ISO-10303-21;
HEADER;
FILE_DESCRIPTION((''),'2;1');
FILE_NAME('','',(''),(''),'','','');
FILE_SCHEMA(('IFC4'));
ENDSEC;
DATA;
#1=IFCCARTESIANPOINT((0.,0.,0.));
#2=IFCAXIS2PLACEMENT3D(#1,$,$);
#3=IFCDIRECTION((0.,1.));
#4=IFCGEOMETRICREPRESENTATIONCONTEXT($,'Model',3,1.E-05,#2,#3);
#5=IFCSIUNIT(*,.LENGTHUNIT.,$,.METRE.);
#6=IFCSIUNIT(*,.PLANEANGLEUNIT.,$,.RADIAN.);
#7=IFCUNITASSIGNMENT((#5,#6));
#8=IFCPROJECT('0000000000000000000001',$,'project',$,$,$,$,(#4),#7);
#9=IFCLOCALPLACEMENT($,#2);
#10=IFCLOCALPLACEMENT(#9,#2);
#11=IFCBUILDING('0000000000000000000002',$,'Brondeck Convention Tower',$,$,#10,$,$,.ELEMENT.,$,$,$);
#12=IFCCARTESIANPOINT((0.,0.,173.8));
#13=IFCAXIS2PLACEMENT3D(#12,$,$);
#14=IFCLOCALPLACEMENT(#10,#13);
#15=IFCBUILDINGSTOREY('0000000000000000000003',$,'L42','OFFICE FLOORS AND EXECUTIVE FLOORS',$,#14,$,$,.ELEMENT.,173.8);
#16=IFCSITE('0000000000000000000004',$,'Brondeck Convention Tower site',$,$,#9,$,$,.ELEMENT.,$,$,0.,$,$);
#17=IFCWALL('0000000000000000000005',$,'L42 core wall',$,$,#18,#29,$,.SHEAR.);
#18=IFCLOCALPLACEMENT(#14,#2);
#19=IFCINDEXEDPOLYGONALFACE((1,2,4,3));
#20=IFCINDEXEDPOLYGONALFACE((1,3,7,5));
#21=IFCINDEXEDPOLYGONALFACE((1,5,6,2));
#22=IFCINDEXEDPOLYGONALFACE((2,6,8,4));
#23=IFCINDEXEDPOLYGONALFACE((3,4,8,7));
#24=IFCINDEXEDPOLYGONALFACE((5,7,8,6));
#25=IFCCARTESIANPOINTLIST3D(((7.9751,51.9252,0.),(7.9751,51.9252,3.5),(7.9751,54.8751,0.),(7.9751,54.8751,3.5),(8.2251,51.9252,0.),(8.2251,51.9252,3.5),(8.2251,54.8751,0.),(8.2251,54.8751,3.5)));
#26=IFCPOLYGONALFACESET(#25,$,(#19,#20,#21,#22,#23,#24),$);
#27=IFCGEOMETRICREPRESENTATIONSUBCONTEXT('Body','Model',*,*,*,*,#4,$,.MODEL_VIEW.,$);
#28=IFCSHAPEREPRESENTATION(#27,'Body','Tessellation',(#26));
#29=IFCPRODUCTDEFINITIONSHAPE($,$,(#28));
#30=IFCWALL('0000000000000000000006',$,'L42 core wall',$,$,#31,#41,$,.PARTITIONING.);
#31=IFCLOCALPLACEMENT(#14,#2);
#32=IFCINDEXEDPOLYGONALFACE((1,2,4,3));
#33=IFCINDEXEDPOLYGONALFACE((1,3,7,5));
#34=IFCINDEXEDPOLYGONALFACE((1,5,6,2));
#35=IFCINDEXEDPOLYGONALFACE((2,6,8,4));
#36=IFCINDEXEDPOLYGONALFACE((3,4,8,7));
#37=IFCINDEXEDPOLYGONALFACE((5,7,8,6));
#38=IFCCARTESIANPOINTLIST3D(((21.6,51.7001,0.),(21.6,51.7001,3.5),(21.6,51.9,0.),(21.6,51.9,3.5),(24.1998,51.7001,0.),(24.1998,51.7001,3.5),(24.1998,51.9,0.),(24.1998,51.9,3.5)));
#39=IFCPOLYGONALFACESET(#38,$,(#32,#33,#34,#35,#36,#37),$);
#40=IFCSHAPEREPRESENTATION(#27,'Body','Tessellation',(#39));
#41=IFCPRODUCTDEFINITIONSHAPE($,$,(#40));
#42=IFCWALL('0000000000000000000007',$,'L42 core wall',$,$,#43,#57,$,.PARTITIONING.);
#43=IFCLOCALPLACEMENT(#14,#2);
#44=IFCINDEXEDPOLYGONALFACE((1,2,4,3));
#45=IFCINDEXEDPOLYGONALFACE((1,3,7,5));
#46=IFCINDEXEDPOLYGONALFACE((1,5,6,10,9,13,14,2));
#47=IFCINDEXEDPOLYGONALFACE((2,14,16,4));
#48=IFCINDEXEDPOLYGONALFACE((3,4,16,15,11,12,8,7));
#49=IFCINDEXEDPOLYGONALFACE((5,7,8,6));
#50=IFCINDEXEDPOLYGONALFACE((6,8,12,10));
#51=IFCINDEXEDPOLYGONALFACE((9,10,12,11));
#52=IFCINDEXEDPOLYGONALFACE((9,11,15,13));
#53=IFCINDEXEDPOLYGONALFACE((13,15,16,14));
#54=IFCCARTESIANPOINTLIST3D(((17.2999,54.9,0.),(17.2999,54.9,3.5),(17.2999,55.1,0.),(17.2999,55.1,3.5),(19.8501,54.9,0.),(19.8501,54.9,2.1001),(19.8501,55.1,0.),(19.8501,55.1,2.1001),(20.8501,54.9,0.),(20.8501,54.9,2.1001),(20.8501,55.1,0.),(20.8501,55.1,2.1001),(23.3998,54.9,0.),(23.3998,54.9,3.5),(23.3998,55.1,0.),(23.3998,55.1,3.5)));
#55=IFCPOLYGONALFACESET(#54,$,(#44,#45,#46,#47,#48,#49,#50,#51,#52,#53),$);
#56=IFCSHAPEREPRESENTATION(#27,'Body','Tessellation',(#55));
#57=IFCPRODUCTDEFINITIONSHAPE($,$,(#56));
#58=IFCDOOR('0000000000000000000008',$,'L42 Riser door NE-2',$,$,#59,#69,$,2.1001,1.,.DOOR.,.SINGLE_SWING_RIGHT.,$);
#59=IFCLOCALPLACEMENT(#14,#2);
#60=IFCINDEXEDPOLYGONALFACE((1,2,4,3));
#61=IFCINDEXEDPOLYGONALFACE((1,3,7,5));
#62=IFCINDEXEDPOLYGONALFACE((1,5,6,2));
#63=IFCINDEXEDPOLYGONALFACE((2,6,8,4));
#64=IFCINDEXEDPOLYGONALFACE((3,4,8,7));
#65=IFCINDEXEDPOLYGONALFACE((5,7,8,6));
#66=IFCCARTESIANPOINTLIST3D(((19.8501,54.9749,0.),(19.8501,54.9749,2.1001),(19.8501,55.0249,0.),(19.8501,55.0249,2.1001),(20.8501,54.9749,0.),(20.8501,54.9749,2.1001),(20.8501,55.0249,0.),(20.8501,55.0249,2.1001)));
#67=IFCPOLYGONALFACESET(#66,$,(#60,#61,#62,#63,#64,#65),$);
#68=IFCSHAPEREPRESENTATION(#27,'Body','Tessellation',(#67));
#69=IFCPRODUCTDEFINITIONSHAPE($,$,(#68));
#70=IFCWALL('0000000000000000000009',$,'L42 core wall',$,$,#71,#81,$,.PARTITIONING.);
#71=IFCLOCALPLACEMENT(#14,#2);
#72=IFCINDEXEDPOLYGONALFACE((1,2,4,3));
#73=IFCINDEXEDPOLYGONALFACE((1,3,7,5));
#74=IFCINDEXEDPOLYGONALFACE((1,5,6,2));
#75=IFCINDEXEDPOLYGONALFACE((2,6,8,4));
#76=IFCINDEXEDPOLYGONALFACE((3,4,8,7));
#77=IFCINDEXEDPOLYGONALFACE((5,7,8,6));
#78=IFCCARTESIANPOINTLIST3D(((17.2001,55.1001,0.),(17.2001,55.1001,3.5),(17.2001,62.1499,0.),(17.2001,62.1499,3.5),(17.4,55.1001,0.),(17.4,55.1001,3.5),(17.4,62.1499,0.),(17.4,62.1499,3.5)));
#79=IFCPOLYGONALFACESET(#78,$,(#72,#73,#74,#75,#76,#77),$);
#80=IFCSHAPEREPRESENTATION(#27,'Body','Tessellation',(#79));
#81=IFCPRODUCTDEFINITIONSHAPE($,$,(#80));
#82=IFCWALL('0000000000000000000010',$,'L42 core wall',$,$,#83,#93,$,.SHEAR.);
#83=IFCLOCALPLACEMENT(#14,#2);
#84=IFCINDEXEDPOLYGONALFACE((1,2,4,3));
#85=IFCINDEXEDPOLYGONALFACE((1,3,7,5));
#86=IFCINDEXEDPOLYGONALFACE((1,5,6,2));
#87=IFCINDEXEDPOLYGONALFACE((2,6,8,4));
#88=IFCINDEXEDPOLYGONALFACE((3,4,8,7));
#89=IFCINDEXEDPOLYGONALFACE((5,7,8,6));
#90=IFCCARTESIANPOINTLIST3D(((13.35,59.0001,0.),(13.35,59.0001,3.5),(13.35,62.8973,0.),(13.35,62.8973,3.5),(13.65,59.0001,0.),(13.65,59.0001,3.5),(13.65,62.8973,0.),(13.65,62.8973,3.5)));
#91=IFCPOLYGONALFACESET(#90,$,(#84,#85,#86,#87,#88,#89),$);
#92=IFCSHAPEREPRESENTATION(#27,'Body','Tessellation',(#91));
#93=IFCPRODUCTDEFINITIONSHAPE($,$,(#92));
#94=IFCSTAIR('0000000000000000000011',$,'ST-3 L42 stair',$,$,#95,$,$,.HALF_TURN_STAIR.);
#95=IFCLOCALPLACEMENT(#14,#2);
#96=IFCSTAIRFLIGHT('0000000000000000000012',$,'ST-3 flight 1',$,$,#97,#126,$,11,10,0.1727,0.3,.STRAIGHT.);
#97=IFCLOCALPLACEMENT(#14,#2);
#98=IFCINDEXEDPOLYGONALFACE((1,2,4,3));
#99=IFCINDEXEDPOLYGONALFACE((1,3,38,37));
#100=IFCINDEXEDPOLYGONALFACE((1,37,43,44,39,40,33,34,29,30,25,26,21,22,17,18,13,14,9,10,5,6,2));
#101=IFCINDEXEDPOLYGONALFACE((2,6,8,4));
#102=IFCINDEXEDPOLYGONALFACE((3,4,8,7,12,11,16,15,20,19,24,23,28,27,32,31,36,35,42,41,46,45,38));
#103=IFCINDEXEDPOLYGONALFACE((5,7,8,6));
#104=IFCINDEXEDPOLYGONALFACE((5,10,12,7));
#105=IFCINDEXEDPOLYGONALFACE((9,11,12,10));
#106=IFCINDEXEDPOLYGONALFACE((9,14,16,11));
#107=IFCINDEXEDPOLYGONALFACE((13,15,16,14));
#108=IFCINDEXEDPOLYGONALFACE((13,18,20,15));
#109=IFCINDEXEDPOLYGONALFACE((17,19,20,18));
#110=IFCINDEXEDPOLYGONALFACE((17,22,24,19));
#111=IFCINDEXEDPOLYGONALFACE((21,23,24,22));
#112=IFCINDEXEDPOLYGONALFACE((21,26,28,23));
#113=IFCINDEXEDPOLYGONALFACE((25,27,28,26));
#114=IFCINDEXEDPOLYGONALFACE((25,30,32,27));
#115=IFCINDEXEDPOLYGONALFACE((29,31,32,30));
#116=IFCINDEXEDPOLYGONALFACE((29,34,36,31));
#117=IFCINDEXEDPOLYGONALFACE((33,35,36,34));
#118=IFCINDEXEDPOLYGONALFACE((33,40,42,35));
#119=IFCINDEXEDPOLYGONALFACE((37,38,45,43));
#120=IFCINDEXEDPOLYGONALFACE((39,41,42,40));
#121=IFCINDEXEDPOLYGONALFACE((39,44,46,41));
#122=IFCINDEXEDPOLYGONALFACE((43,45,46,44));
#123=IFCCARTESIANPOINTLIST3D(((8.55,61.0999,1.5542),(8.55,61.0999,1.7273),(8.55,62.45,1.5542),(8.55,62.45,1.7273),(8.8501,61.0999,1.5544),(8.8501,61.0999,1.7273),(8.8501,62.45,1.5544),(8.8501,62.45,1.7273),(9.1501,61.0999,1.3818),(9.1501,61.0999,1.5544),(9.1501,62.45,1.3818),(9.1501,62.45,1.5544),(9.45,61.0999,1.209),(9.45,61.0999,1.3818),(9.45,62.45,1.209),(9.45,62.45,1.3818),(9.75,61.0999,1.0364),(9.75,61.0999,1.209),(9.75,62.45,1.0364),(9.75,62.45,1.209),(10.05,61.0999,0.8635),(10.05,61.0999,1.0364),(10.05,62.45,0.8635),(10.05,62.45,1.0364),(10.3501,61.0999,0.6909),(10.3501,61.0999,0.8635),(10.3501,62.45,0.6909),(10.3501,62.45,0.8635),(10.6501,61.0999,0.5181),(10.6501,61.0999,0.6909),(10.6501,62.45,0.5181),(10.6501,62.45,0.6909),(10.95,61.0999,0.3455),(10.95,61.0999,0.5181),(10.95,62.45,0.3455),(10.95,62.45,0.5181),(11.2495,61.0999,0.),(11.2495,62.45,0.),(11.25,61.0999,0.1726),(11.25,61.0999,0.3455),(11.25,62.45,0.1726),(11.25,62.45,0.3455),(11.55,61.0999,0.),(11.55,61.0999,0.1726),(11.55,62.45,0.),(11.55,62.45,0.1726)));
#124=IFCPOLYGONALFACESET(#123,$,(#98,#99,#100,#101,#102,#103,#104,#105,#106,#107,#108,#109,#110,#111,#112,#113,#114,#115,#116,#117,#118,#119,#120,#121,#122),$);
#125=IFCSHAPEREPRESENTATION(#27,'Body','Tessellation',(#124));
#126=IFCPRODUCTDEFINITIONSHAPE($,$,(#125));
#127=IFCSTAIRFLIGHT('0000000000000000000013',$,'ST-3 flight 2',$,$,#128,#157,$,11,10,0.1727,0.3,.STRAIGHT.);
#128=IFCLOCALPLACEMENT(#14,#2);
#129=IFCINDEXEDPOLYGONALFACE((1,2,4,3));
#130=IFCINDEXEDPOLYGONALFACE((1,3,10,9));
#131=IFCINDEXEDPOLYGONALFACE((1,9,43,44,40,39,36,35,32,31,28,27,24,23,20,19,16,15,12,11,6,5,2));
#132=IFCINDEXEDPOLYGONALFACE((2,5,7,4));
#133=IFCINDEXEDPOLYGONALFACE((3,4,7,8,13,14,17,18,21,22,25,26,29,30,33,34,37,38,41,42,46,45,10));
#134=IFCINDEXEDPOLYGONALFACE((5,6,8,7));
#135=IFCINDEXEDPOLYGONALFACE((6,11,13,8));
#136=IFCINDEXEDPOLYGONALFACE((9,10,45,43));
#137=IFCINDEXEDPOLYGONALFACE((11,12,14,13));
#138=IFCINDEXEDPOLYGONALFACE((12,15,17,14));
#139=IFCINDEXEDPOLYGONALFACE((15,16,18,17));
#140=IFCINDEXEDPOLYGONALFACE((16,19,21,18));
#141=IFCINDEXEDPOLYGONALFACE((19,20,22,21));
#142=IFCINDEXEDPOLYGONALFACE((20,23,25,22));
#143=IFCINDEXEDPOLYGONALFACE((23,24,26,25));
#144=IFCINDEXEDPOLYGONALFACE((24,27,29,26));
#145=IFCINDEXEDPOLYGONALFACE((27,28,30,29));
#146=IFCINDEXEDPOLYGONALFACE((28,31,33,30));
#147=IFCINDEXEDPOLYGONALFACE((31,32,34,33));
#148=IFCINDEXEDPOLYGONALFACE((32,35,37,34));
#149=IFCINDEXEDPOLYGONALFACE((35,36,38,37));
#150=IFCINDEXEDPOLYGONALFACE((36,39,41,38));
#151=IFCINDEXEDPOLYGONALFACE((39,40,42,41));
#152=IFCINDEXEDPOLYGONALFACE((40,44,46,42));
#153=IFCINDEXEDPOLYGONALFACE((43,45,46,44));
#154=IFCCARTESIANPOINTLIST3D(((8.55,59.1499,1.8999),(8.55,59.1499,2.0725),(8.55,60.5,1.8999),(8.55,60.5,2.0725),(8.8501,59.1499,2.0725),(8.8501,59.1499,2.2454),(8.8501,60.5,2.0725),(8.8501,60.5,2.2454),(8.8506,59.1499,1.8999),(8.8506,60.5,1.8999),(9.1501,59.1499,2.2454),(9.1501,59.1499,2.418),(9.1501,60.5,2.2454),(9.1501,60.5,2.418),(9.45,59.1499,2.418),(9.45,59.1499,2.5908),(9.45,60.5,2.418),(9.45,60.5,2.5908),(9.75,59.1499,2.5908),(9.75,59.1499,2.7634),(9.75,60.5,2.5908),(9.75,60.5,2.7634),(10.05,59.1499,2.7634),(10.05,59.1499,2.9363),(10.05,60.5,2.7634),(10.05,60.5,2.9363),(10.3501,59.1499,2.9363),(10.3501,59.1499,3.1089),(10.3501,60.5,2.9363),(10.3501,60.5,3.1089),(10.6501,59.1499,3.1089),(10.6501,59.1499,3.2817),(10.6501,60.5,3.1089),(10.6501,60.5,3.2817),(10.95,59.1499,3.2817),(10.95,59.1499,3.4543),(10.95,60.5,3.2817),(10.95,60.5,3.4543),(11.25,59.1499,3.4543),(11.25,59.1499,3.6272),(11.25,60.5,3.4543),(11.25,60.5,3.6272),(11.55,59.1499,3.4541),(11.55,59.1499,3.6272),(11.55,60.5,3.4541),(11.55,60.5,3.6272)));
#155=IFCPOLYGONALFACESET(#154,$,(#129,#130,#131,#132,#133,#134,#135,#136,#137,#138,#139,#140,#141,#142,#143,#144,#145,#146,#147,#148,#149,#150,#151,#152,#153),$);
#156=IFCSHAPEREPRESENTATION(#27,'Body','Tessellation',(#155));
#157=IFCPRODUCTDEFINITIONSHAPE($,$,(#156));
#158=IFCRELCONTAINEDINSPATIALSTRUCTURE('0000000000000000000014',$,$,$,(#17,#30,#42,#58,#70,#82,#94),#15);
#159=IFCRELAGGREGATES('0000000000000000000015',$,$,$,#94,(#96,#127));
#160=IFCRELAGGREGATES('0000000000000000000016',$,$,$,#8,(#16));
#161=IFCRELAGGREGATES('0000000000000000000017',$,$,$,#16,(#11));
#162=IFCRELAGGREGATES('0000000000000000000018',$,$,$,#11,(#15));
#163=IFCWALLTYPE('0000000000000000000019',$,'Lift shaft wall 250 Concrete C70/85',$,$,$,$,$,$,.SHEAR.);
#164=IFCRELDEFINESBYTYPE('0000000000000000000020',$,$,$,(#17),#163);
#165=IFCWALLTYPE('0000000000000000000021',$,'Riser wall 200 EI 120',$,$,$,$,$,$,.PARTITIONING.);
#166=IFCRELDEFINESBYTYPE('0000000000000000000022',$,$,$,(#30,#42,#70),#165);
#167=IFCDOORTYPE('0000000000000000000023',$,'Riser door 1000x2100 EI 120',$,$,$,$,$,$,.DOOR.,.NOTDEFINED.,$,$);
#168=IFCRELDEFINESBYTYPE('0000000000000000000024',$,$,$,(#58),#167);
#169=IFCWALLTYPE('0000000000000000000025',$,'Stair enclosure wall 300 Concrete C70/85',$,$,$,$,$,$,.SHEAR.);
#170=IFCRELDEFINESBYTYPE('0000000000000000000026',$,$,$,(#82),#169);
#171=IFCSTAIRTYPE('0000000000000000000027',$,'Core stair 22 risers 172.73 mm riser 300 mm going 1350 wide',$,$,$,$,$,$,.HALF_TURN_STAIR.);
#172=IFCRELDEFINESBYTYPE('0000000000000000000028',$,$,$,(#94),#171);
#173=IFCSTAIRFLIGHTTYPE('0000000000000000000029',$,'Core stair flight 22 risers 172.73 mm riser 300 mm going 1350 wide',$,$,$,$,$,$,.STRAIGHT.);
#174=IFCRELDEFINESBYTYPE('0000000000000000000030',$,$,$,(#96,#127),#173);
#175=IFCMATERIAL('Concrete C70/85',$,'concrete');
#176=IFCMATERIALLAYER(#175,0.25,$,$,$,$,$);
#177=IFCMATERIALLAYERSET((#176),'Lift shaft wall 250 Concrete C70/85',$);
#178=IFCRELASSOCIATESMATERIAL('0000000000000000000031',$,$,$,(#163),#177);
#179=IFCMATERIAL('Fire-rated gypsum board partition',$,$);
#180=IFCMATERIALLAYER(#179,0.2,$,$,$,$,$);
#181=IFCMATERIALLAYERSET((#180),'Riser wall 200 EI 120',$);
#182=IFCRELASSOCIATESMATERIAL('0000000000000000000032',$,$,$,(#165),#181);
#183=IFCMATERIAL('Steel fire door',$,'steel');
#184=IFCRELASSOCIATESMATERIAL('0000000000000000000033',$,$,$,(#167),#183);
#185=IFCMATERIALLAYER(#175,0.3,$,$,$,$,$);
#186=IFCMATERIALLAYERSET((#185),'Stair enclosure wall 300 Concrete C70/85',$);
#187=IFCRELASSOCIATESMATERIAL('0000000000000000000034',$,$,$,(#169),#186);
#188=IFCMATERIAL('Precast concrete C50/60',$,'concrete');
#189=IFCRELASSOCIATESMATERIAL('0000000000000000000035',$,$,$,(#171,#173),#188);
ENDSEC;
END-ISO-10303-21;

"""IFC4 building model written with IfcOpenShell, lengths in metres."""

from ifc_helpers import new_model, si_unit, direction, frame, frame_2d, origin, place, context, subcontext, project, spatial, polyline, rectangle, outline, extrude, material, layer, layer_set, type_object, element, fill, aggregate, save


model = new_model("IFC4")

# Units and contexts
model_context = context("Model", 3, precision=1e-05, world=origin(), true_north=direction((0.0, 1.0)))
body_context = subcontext(model_context, "Body", "Model", "MODEL_VIEW")
ifc_project = project(units=[si_unit("LENGTHUNIT", "METRE"), si_unit("PLANEANGLEUNIT", "RADIAN")], contexts=[model_context])

# Site, building, storey
site_placement = place(None, origin())
site = spatial("IfcSite", under=ifc_project, at=site_placement, Name="Brondeck Convention Tower site", CompositionType="ELEMENT", RefElevation=0.0)
building_placement = place(site_placement, origin())
building = spatial("IfcBuilding", under=site, at=building_placement, Name="Brondeck Convention Tower", CompositionType="ELEMENT")
storey_placement = place(building_placement, frame((0.0, 0.0, 173.8)))
storey = spatial("IfcBuildingStorey", under=building, at=storey_placement, Name="L42", Description="OFFICE FLOORS AND EXECUTIVE FLOORS", CompositionType="ELEMENT", Elevation=173.8)

# Shared definitions
ifc_material_1 = material(Name="Concrete C70/85", Category="concrete")

# Shared definitions
ifc_material_2 = material(Name="Fire-rated gypsum board partition")

# Shared definitions
ifc_material_3 = material(Name="Steel fire door", Category="steel")

# Walls
ifc_layer_1 = layer(ifc_material_1, 0.25)
ifc_layer_set_1 = layer_set([ifc_layer_1], Name="Lift shaft wall 250 Concrete C70/85")
wall_type_1 = type_object("IfcWallType", Name="Lift shaft wall 250 Concrete C70/85", PredefinedType="SHEAR", material=ifc_layer_set_1)
wall_1_placement = place(storey_placement, frame((8.1001, 51.925, 0.0), z_axis=(0.0, 0.0, 1.0), x_axis=(0.0, 1.0, 0.0)))
element("IfcWall", 1, at=wall_1_placement, inside=storey, type_object=wall_type_1, Name="L42 core wall", PredefinedType="SHEAR", context=body_context, shape_type="SweptSolid", body=[
    extrude(rectangle(XDim=2.95, YDim=0.25, at=frame_2d((1.4751, 0.0))), origin(), (0.0, 0.0, 1.0), 3.5),
])
ifc_layer_2 = layer(ifc_material_2, 0.2)
ifc_layer_set_2 = layer_set([ifc_layer_2], Name="Riser wall 200 EI 120")
wall_type_2 = type_object("IfcWallType", Name="Riser wall 200 EI 120", PredefinedType="PARTITIONING", material=ifc_layer_set_2)
wall_2_placement = place(storey_placement, frame((21.6001, 51.8, 0.0), z_axis=(0.0, 0.0, 1.0), x_axis=(1.0, 0.0, 0.0)))
element("IfcWall", 2, at=wall_2_placement, inside=storey, type_object=wall_type_2, Name="L42 core wall", PredefinedType="PARTITIONING", context=body_context, shape_type="SweptSolid", body=[
    extrude(rectangle(XDim=2.5999, YDim=0.2, at=frame_2d((1.2998, 0.0))), origin(), (0.0, 0.0, 1.0), 3.5),
])

# Wall, opening, door
wall_3_placement = place(storey_placement, frame((17.3, 55.0, 0.0), z_axis=(0.0, 0.0, 1.0), x_axis=(1.0, 0.0, 0.0)))
wall_3 = element("IfcWall", 3, at=wall_3_placement, inside=storey, type_object=wall_type_2, Name="L42 core wall", PredefinedType="PARTITIONING", context=body_context, shape_type="SweptSolid", body=[
    extrude(rectangle(XDim=6.0999, YDim=0.2, at=frame_2d((3.0498, 0.0))), origin(), (0.0, 0.0, 1.0), 3.5),
])
opening_1_placement = place(wall_3_placement, frame((2.55, 0.0, 0.0)))
opening_1 = element("IfcOpeningElement", 4, at=opening_1_placement, cuts=wall_3, PredefinedType="OPENING", context=body_context, shape_type="SweptSolid", body=[
    extrude(rectangle(XDim=1.0, YDim=2.1001, at=frame_2d((0.5, 1.05))), frame((0.0, 0.1099, 0.0), z_axis=(0.0, -1.0, 0.0), x_axis=(1.0, 0.0, 0.0)), (0.0, 0.0, 1.0), 0.22),
])
door_type_1 = type_object("IfcDoorType", Name="Riser door 1000x2100 EI 120", OperationType="NOTDEFINED", PredefinedType="DOOR", material=ifc_material_3)
door_1_placement = place(opening_1_placement, origin())
door_1 = element("IfcDoor", 5, at=door_1_placement, inside=storey, type_object=door_type_1, Name="L42 Riser door NE-2", OperationType="SINGLE_SWING_RIGHT", OverallHeight=2.1001, OverallWidth=1.0, PredefinedType="DOOR", context=body_context, shape_type="SweptSolid", body=[
    extrude(rectangle(XDim=1.0, YDim=2.1001, at=frame_2d((0.5, 1.05))), frame((0.0, 0.0249, 0.0), z_axis=(0.0, -1.0, 0.0), x_axis=(1.0, 0.0, 0.0)), (0.0, 0.0, 1.0), 0.05),
])
fill(opening_1, door_1)

# Walls
wall_4_placement = place(storey_placement, frame((17.3, 55.1001, 0.0), z_axis=(0.0, 0.0, 1.0), x_axis=(0.0, 1.0, 0.0)))
element("IfcWall", 6, at=wall_4_placement, inside=storey, type_object=wall_type_2, Name="L42 core wall", PredefinedType="PARTITIONING", context=body_context, shape_type="SweptSolid", body=[
    extrude(rectangle(XDim=7.0498, YDim=0.2, at=frame_2d((3.5249, 0.0))), origin(), (0.0, 0.0, 1.0), 3.5),
])
ifc_layer_3 = layer(ifc_material_1, 0.3)
ifc_layer_set_3 = layer_set([ifc_layer_3], Name="Stair enclosure wall 300 Concrete C70/85")
wall_type_3 = type_object("IfcWallType", Name="Stair enclosure wall 300 Concrete C70/85", PredefinedType="SHEAR", material=ifc_layer_set_3)
wall_5_placement = place(storey_placement, frame((13.5, 59.0, 0.0), z_axis=(0.0, 0.0, 1.0), x_axis=(0.0, 1.0, 0.0)))
element("IfcWall", 7, at=wall_5_placement, inside=storey, type_object=wall_type_3, Name="L42 core wall", PredefinedType="SHEAR", context=body_context, shape_type="SweptSolid", body=[
    extrude(rectangle(XDim=3.8972, YDim=0.3, at=frame_2d((1.9487, 0.0))), origin(), (0.0, 0.0, 1.0), 3.5),
])

# Stair, stair flights
ifc_material_4 = material(Name="Precast concrete C50/60", Category="concrete")
stair_type = type_object("IfcStairType", Name="Core stair 22 risers 172.73 mm riser 300 mm going 1350 wide", PredefinedType="HALF_TURN_STAIR", material=ifc_material_4)
stair_placement = place(storey_placement, origin())
stair = element("IfcStair", 8, at=stair_placement, inside=storey, type_object=stair_type, Name="ST-3 L42 stair", PredefinedType="HALF_TURN_STAIR")
stair_flight_type = type_object("IfcStairFlightType", Name="Core stair flight 22 risers 172.73 mm riser 300 mm going 1350 wide", PredefinedType="STRAIGHT", material=ifc_material_4)
stair_flight_1_placement = place(storey_placement, frame((11.55, 61.7749, 0.0), z_axis=(0.0, 0.0, 1.0), x_axis=(-1.0, 0.0, 0.0)))
stair_flight_1 = element("IfcStairFlight", 9, at=stair_flight_1_placement, type_object=stair_flight_type, Name="ST-3 flight 1", NumberOfRisers=11, NumberOfTreads=10, PredefinedType="STRAIGHT", RiserHeight=0.1727, TreadLength=0.3, context=body_context, shape_type="SweptSolid", body=[
    extrude(outline(polyline([(0.0, 0.0), (0.0, 0.1726), (0.3, 0.1726), (0.3, 0.3455), (0.6001, 0.3455), (0.6001, 0.5181), (0.8999, 0.5181), (0.8999, 0.6909), (1.2, 0.6909), (1.2, 0.8635), (1.5, 0.8635), (1.5, 1.0364), (1.8, 1.0364), (1.8, 1.209), (2.1001, 1.209), (2.1001, 1.3818), (2.3999, 1.3818), (2.3999, 1.5544), (2.7, 1.5544), (2.7, 1.7273), (3.0, 1.7273), (3.0, 1.8999), (3.0, 1.5542), (0.3005, 0.0), (0.0, 0.0)])), frame((0.0, 0.675, 0.0), z_axis=(0.0, -1.0, 0.0), x_axis=(1.0, 0.0, 0.0)), (0.0, 0.0, 1.0), 1.3501),
])
stair_flight_2_placement = place(storey_placement, frame((8.55, 59.825, 1.8999), z_axis=(0.0, 0.0, 1.0), x_axis=(1.0, 0.0, 0.0)))
stair_flight_2 = element("IfcStairFlight", 10, at=stair_flight_2_placement, type_object=stair_flight_type, Name="ST-3 flight 2", NumberOfRisers=11, NumberOfTreads=10, PredefinedType="STRAIGHT", RiserHeight=0.1727, TreadLength=0.3, context=body_context, shape_type="SweptSolid", body=[
    extrude(outline(polyline([(0.0, 0.0), (0.0, 0.1726), (0.3, 0.1726), (0.3, 0.3455), (0.6001, 0.3455), (0.6001, 0.5181), (0.8999, 0.5181), (0.8999, 0.6909), (1.2, 0.6909), (1.2, 0.8635), (1.5, 0.8635), (1.5, 1.0364), (1.8, 1.0364), (1.8, 1.209), (2.1001, 1.209), (2.1001, 1.3818), (2.3999, 1.3818), (2.3999, 1.5544), (2.7, 1.5544), (2.7, 1.7273), (3.0, 1.7273), (3.0, 1.8999), (3.0, 1.5542), (0.3005, 0.0), (0.0, 0.0)])), frame((0.0, 0.675, 0.0), z_axis=(0.0, -1.0, 0.0), x_axis=(1.0, 0.0, 0.0)), (0.0, 0.0, 1.0), 1.3501),
])
aggregate(stair, [stair_flight_1, stair_flight_2])

save(model, "model.ifc")
